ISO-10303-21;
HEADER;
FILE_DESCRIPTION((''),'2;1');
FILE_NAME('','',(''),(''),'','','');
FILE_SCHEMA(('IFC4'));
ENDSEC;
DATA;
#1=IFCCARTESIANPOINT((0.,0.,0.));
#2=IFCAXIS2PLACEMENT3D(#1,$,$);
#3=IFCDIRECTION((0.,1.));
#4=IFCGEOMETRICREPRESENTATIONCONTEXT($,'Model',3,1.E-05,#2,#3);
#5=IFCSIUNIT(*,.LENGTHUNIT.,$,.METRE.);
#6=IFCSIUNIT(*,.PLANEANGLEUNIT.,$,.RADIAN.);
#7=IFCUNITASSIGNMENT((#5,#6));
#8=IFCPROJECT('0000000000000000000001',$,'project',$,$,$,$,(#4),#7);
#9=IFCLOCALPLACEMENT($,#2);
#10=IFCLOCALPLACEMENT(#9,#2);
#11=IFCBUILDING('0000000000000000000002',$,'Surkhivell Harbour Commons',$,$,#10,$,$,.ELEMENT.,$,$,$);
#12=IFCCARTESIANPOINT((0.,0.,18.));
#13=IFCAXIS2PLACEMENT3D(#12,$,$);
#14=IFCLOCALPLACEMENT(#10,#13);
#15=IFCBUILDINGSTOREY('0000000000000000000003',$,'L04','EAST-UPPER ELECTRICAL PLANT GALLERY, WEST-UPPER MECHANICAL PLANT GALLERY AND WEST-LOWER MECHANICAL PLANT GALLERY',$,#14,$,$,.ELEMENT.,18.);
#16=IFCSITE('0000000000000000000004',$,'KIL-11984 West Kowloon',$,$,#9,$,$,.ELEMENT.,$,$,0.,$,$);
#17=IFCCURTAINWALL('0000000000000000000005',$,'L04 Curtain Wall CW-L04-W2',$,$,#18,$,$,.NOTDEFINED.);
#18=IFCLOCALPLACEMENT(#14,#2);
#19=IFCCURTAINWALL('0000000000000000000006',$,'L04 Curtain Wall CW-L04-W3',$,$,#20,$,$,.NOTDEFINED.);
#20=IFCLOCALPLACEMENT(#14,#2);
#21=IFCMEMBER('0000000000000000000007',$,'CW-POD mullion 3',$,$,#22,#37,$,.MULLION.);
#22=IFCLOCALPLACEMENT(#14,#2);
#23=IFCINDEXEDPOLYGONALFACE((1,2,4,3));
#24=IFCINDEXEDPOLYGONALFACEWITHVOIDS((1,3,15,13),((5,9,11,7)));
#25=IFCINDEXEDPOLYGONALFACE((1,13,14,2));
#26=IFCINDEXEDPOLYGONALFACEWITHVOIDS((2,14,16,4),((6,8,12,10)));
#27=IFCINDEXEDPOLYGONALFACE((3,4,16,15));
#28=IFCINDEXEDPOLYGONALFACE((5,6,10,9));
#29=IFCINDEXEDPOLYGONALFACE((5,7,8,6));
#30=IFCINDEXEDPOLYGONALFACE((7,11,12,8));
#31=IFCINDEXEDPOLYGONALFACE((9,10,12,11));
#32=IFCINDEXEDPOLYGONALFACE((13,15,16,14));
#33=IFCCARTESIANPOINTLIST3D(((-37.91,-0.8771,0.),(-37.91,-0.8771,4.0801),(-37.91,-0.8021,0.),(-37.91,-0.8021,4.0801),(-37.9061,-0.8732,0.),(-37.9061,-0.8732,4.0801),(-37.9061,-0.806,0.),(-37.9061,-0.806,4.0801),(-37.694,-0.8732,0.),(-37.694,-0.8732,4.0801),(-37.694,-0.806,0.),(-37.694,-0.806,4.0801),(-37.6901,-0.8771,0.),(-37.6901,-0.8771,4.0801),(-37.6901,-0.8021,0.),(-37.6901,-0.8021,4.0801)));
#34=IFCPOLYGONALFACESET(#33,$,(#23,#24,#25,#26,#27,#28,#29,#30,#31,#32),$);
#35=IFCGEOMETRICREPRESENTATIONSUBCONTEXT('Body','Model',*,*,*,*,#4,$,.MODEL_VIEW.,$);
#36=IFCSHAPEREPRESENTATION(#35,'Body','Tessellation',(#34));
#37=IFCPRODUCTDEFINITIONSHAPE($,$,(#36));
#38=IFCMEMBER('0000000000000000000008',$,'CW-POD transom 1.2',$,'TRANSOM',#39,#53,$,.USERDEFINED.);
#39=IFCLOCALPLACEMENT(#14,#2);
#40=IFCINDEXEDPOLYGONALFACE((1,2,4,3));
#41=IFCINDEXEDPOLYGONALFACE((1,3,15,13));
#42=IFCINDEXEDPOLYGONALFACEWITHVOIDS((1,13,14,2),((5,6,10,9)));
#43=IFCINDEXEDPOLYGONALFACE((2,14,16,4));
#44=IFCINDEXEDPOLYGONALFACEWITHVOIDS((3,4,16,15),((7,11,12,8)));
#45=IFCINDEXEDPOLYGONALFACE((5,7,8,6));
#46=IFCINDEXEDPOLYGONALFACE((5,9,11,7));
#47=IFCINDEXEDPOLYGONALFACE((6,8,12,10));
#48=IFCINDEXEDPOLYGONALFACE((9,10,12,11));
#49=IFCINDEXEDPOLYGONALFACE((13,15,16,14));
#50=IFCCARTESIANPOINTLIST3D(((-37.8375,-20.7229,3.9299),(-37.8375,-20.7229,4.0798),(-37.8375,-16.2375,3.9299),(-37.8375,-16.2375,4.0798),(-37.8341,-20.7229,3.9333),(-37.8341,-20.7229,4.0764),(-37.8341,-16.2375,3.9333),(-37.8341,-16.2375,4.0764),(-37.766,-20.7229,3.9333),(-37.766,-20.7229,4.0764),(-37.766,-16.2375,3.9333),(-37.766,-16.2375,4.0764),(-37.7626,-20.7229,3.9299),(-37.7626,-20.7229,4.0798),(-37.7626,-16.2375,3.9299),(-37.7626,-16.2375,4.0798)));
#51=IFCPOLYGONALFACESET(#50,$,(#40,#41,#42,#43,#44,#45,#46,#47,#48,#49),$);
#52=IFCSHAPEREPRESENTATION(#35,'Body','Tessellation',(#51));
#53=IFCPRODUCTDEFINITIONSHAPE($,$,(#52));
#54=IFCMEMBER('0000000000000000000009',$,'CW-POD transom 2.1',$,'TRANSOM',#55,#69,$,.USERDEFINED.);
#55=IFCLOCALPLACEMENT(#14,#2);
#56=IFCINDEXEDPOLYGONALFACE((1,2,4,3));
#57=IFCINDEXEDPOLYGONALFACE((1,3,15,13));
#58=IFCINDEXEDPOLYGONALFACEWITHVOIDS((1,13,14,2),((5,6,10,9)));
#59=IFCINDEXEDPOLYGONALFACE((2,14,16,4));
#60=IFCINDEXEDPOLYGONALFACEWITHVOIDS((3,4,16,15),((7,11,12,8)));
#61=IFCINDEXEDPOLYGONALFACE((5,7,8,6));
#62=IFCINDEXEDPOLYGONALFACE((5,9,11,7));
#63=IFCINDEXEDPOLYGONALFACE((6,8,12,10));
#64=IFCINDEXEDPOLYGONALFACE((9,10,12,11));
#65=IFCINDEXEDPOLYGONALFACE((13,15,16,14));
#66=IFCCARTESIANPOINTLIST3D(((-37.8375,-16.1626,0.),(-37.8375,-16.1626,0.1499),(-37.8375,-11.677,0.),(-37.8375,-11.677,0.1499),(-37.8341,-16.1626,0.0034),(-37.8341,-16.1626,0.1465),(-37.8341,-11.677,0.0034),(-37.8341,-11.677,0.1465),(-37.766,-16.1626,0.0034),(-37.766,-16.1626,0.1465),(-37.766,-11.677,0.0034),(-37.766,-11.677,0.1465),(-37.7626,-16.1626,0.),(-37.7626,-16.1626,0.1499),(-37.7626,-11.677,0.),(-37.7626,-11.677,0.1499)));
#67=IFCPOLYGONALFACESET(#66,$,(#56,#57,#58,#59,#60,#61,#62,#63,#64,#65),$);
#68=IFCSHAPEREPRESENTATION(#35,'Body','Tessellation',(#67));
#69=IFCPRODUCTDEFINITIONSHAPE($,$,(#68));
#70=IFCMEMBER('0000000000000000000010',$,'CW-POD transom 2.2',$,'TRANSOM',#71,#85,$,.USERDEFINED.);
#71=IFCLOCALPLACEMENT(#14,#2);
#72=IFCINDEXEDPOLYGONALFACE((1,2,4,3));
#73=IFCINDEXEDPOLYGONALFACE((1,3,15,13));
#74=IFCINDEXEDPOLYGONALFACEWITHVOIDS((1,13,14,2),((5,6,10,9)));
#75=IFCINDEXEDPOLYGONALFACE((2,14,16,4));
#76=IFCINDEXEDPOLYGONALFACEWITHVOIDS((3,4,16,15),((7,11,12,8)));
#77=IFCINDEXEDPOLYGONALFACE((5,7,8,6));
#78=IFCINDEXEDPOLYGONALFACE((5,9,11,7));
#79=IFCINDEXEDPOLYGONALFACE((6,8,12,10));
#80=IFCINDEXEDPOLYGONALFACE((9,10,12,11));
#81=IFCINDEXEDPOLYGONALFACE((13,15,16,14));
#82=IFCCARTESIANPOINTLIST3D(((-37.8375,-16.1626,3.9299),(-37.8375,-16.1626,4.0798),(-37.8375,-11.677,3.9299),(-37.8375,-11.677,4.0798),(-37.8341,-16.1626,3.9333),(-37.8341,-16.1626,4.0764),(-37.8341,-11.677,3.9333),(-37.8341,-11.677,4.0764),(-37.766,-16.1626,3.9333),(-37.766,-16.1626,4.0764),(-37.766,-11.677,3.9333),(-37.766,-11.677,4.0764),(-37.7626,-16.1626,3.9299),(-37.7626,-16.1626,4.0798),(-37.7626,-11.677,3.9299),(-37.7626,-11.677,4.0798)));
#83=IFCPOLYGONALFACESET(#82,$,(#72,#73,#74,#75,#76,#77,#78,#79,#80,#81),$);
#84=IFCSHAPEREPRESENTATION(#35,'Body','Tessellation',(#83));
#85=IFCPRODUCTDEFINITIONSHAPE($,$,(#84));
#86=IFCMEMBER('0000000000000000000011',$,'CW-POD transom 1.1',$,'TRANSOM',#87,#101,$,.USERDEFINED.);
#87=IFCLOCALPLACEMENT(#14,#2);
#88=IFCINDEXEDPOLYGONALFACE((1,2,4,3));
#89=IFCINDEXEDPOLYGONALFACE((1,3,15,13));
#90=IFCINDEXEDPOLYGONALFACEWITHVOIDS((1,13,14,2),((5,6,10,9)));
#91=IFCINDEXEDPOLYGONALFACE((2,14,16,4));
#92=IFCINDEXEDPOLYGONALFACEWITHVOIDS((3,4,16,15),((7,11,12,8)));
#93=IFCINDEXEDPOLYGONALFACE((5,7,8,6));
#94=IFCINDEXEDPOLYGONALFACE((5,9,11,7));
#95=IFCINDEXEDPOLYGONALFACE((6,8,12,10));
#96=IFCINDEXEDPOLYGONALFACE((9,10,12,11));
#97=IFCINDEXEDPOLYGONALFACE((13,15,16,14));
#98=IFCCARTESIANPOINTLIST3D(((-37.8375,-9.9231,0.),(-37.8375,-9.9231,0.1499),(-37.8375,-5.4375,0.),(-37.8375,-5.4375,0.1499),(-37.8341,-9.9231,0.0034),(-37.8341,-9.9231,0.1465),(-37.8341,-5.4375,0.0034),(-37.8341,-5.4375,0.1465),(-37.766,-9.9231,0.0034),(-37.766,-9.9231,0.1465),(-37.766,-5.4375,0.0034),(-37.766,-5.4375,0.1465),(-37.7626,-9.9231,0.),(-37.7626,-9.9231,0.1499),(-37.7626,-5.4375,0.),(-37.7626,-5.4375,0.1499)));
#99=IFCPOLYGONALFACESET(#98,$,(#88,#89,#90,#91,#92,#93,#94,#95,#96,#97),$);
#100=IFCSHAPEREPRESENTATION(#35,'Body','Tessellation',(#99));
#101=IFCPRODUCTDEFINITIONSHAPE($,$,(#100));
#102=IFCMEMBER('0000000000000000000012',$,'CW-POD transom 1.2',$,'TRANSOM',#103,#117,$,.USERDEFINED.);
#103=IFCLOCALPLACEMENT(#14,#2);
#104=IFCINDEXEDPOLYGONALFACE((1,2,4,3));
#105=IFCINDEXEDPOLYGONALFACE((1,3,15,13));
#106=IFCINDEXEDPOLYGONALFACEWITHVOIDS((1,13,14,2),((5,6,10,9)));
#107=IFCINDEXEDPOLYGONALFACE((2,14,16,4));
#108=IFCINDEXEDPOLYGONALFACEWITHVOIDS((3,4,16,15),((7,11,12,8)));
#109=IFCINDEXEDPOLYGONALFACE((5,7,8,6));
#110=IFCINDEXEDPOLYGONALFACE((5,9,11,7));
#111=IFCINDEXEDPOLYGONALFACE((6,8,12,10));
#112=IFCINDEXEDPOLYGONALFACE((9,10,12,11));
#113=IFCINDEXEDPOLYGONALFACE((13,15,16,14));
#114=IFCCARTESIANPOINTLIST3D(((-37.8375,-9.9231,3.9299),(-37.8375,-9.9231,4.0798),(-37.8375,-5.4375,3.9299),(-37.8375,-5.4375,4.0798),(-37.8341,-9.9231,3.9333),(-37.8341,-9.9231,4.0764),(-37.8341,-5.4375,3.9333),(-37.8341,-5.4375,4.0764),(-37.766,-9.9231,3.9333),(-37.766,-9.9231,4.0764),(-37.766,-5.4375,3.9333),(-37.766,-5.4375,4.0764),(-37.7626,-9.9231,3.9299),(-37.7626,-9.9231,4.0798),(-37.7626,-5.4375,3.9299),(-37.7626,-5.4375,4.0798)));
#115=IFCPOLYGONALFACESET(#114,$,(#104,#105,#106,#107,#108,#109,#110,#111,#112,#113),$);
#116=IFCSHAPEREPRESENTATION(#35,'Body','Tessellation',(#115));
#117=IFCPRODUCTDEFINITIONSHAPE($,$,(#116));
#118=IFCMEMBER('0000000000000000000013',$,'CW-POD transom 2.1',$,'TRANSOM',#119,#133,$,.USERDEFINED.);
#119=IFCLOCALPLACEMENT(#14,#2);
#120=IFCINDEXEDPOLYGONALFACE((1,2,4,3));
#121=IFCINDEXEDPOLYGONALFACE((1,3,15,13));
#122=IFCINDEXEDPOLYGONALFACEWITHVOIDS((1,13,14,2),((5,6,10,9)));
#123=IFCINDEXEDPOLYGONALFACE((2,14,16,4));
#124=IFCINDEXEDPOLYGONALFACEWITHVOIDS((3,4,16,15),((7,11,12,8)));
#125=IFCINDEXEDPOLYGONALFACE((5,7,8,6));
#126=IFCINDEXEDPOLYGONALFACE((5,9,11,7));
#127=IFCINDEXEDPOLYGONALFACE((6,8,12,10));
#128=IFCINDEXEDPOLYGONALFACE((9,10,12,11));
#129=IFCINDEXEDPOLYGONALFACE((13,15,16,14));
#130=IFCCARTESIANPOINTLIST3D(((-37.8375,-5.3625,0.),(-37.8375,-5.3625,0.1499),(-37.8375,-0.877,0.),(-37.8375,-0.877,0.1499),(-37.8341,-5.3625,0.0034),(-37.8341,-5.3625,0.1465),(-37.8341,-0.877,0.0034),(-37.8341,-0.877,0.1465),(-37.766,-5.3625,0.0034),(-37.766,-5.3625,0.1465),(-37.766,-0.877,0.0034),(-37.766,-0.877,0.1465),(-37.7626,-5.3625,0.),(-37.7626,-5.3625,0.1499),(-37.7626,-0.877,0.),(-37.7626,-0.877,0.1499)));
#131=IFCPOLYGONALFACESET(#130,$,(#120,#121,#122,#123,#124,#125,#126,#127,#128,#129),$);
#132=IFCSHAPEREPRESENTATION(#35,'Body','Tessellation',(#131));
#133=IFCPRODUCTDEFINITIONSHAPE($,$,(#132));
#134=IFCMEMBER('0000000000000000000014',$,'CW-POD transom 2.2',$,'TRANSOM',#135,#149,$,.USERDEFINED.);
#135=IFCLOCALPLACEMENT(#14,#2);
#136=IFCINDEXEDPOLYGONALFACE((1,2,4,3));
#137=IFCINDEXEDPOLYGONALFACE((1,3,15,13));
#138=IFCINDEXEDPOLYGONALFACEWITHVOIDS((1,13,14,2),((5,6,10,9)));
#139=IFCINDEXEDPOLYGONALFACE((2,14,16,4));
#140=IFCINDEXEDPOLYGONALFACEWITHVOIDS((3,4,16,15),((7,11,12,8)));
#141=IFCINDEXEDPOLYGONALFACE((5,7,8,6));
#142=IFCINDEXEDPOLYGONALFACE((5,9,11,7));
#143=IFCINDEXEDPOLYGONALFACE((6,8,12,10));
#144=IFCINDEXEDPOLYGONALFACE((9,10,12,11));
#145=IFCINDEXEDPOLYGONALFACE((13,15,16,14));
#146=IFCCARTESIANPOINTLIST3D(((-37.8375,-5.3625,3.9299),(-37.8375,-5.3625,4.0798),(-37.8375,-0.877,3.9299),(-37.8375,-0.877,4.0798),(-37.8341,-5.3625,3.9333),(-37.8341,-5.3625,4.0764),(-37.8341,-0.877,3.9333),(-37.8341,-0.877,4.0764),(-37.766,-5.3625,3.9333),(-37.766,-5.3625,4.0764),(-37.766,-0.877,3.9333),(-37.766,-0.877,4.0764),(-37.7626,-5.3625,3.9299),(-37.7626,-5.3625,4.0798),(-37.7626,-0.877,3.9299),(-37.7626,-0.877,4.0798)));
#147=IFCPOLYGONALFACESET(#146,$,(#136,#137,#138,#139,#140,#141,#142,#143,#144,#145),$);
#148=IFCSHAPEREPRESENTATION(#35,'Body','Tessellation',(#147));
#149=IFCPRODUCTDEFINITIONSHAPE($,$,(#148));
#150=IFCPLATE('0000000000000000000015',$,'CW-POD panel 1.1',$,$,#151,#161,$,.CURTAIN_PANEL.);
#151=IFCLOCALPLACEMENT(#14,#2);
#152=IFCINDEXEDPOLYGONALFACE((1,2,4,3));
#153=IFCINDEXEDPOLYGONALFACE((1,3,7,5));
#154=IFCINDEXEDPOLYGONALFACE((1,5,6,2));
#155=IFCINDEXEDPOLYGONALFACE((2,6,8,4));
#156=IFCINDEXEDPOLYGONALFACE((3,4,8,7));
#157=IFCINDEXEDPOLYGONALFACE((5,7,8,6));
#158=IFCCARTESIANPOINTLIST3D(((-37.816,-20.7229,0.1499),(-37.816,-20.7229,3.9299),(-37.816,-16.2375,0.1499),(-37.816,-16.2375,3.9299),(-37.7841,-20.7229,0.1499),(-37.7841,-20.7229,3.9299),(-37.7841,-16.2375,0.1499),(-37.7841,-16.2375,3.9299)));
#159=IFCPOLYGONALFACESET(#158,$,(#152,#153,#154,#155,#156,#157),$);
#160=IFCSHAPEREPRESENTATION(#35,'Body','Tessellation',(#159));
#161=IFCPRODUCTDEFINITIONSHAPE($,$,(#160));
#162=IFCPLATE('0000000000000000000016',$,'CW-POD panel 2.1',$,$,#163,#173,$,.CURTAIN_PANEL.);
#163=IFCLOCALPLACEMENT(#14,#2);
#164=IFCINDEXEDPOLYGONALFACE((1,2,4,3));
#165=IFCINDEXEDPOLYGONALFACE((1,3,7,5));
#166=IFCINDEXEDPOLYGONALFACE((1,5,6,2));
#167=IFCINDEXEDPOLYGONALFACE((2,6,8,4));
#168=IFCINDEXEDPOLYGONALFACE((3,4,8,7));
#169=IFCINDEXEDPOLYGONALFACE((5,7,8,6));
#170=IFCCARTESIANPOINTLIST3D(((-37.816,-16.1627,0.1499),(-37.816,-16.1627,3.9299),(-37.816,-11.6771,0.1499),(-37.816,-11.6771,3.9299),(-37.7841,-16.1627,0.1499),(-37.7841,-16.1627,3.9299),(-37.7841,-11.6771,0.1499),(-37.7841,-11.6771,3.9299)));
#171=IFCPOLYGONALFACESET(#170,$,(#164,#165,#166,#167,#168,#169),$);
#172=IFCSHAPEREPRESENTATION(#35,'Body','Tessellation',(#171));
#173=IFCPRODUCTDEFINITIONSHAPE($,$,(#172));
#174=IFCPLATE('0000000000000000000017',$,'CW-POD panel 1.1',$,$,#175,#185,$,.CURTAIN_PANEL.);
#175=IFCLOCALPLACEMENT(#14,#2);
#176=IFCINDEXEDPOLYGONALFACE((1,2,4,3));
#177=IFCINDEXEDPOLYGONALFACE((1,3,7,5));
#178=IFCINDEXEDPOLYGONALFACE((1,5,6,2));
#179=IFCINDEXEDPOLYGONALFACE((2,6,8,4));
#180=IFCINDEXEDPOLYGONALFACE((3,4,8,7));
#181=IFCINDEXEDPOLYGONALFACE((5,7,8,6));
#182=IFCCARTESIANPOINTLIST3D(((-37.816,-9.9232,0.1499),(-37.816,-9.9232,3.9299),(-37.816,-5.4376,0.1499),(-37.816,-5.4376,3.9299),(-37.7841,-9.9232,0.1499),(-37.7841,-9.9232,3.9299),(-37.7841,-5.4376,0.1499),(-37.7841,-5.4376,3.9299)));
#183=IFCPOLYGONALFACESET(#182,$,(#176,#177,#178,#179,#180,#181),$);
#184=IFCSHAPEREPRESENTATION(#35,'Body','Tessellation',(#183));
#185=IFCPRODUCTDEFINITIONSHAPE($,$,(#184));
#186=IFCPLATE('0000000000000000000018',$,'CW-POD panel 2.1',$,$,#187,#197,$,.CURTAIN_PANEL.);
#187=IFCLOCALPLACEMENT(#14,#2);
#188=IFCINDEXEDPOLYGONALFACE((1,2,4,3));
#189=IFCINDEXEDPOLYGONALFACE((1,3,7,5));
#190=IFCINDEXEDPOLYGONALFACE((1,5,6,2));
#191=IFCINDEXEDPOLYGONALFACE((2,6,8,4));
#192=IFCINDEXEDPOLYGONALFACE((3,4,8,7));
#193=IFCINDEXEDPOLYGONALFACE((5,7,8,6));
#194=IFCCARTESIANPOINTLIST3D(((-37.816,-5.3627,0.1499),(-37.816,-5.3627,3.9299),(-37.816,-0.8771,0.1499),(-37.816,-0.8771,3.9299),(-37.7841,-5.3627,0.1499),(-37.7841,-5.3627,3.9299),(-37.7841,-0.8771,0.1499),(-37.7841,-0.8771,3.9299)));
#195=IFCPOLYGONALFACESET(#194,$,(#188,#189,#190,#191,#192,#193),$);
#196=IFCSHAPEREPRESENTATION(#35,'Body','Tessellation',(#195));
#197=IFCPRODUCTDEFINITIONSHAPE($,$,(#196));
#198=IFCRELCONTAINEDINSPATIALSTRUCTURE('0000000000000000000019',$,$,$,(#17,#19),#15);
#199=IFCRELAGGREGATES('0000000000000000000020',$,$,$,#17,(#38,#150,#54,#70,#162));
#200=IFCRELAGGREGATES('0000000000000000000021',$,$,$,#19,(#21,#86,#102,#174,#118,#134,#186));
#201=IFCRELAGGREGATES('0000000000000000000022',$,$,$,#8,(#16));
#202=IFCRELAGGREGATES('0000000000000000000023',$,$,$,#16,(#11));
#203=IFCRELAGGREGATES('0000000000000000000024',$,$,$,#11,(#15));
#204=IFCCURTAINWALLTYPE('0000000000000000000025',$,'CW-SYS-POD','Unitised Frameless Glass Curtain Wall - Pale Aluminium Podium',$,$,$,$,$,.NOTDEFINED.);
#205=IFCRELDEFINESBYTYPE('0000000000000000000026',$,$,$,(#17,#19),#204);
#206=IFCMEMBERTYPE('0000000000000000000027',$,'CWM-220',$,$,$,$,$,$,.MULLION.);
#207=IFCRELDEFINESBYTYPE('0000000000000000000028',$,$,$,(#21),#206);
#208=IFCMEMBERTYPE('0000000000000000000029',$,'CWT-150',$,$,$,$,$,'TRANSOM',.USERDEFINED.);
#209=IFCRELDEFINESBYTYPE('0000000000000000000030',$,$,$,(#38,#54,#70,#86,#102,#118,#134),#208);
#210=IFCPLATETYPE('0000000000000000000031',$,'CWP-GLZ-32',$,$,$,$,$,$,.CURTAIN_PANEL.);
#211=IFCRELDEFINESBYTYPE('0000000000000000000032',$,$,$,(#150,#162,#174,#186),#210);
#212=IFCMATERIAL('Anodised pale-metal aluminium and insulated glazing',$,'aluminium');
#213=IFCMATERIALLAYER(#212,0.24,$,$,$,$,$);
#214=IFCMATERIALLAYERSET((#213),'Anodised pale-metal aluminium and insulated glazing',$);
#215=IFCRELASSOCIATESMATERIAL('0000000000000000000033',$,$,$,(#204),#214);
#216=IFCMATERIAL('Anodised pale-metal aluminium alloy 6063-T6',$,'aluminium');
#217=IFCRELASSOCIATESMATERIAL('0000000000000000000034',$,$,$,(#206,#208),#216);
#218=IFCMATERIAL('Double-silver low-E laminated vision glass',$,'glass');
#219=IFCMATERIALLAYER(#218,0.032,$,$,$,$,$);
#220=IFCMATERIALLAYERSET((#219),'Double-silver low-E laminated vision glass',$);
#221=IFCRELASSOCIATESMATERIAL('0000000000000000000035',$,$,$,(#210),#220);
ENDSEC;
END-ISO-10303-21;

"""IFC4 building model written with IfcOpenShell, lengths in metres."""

from ifc_helpers import new_model, si_unit, direction, frame, frame_2d, origin, origin_2d, place, context, subcontext, project, spatial, rectangle, hollow_rectangle, extrude, material, layer, layer_set, material_profile, profile_set, type_object, element, aggregate, save


model = new_model("IFC4")

# Units and contexts
model_context = context("Model", 3, precision=1e-05, world=origin(), true_north=direction((0.0, 1.0)))
body_context = subcontext(model_context, "Body", "Model", "MODEL_VIEW")
ifc_project = project(units=[si_unit("LENGTHUNIT", "METRE"), si_unit("PLANEANGLEUNIT", "RADIAN")], contexts=[model_context])

# Site, building, storey
site_placement = place(None, origin())
site = spatial("IfcSite", under=ifc_project, at=site_placement, Name="KIL-11984 West Kowloon", CompositionType="ELEMENT", RefElevation=0.0)
building_placement = place(site_placement, origin())
building = spatial("IfcBuilding", under=site, at=building_placement, Name="Surkhivell Harbour Commons", CompositionType="ELEMENT")
storey_placement = place(building_placement, frame((0.0, 0.0, 18.0)))
storey = spatial("IfcBuildingStorey", under=building, at=storey_placement, Name="L04", Description="EAST-UPPER ELECTRICAL PLANT GALLERY, WEST-UPPER MECHANICAL PLANT GALLERY AND WEST-LOWER MECHANICAL PLANT GALLERY", CompositionType="ELEMENT", Elevation=18.0)

# Curtain walls, member
ifc_material_1 = material(Name="Anodised pale-metal aluminium and insulated glazing", Category="aluminium")
ifc_layer_1 = layer(ifc_material_1, 0.24)
ifc_layer_set_1 = layer_set([ifc_layer_1], Name="Anodised pale-metal aluminium and insulated glazing")
curtain_wall_type = type_object("IfcCurtainWallType", Name="CW-SYS-POD", Description="Unitised Frameless Glass Curtain Wall - Pale Aluminium Podium", PredefinedType="NOTDEFINED", material=ifc_layer_set_1)
curtain_wall_1_placement = place(storey_placement, origin())
curtain_wall_1 = element("IfcCurtainWall", 1, at=curtain_wall_1_placement, inside=storey, type_object=curtain_wall_type, Name="L04 Curtain Wall CW-L04-W2", PredefinedType="NOTDEFINED")
ifc_material_2 = material(Name="Anodised pale-metal aluminium alloy 6063-T6", Category="aluminium")
ifc_material_profile_1 = material_profile(ifc_material_2, hollow_rectangle(XDim=0.075, YDim=0.22, WallThickness=0.0039, at=origin_2d()), Name="ALU-MULL-75x220")
ifc_profile_set_1 = profile_set([ifc_material_profile_1], Name="Anodised pale-metal aluminium alloy 6063-T6")
member_type_1 = type_object("IfcMemberType", Name="CWM-220", PredefinedType="MULLION", material=ifc_profile_set_1)
curtain_wall_2_placement = place(storey_placement, origin())
curtain_wall_2 = element("IfcCurtainWall", 2, at=curtain_wall_2_placement, inside=storey, type_object=curtain_wall_type, Name="L04 Curtain Wall CW-L04-W3", PredefinedType="NOTDEFINED")
member_1_placement = place(storey_placement, frame((-37.8, -0.8396, 0.0), z_axis=(0.0, 0.0, 1.0), x_axis=(0.0, 1.0, 0.0)))
member_1 = element("IfcMember", 3, at=member_1_placement, type_object=member_type_1, Name="CW-POD mullion 3", PredefinedType="MULLION", context=body_context, shape_type="SweptSolid", body=[
    extrude(hollow_rectangle(XDim=0.075, YDim=0.22, WallThickness=0.0039, at=origin_2d()), origin(), (0.0, 0.0, 1.0), 4.0801),
])

# Members
ifc_material_profile_2 = material_profile(ifc_material_2, hollow_rectangle(XDim=0.075, YDim=0.1499, WallThickness=0.0034, at=origin_2d()), Name="ALU-TRAN-75x150")
ifc_profile_set_2 = profile_set([ifc_material_profile_2], Name="Anodised pale-metal aluminium alloy 6063-T6")
member_type_2 = type_object("IfcMemberType", Name="CWT-150", ElementType="TRANSOM", PredefinedType="USERDEFINED", material=ifc_profile_set_2)
member_2_placement = place(storey_placement, frame((-37.8, -20.7229, 4.0049), z_axis=(0.0, 1.0, 0.0), x_axis=(-1.0, 0.0, 0.0)))
member_2 = element("IfcMember", 4, at=member_2_placement, type_object=member_type_2, Name="CW-POD transom 1.2", ObjectType="TRANSOM", PredefinedType="USERDEFINED", context=body_context, shape_type="SweptSolid", body=[
    extrude(hollow_rectangle(XDim=0.075, YDim=0.1499, WallThickness=0.0034, at=origin_2d()), origin(), (0.0, 0.0, 1.0), 4.4854),
])
member_3_placement = place(storey_placement, frame((-37.8, -16.1626, 0.075), z_axis=(0.0, 1.0, 0.0), x_axis=(-1.0, 0.0, 0.0)))
member_3 = element("IfcMember", 5, at=member_3_placement, type_object=member_type_2, Name="CW-POD transom 2.1", ObjectType="TRANSOM", PredefinedType="USERDEFINED", context=body_context, shape_type="SweptSolid", body=[
    extrude(hollow_rectangle(XDim=0.075, YDim=0.1499, WallThickness=0.0034, at=origin_2d()), origin(), (0.0, 0.0, 1.0), 4.4856),
])
member_4_placement = place(storey_placement, frame((-37.8, -16.1626, 4.0049), z_axis=(0.0, 1.0, 0.0), x_axis=(-1.0, 0.0, 0.0)))
member_4 = element("IfcMember", 6, at=member_4_placement, type_object=member_type_2, Name="CW-POD transom 2.2", ObjectType="TRANSOM", PredefinedType="USERDEFINED", context=body_context, shape_type="SweptSolid", body=[
    extrude(hollow_rectangle(XDim=0.075, YDim=0.1499, WallThickness=0.0034, at=origin_2d()), origin(), (0.0, 0.0, 1.0), 4.4856),
])
member_5_placement = place(storey_placement, frame((-37.8, -9.9231, 0.075), z_axis=(0.0, 1.0, 0.0), x_axis=(-1.0, 0.0, 0.0)))
member_5 = element("IfcMember", 7, at=member_5_placement, type_object=member_type_2, Name="CW-POD transom 1.1", ObjectType="TRANSOM", PredefinedType="USERDEFINED", context=body_context, shape_type="SweptSolid", body=[
    extrude(hollow_rectangle(XDim=0.075, YDim=0.1499, WallThickness=0.0034, at=origin_2d()), origin(), (0.0, 0.0, 1.0), 4.4856),
])
member_6_placement = place(storey_placement, frame((-37.8, -9.9231, 4.0049), z_axis=(0.0, 1.0, 0.0), x_axis=(-1.0, 0.0, 0.0)))
member_6 = element("IfcMember", 8, at=member_6_placement, type_object=member_type_2, Name="CW-POD transom 1.2", ObjectType="TRANSOM", PredefinedType="USERDEFINED", context=body_context, shape_type="SweptSolid", body=[
    extrude(hollow_rectangle(XDim=0.075, YDim=0.1499, WallThickness=0.0034, at=origin_2d()), origin(), (0.0, 0.0, 1.0), 4.4856),
])
member_7_placement = place(storey_placement, frame((-37.8, -5.3625, 0.075), z_axis=(0.0, 1.0, 0.0), x_axis=(-1.0, 0.0, 0.0)))
member_7 = element("IfcMember", 9, at=member_7_placement, type_object=member_type_2, Name="CW-POD transom 2.1", ObjectType="TRANSOM", PredefinedType="USERDEFINED", context=body_context, shape_type="SweptSolid", body=[
    extrude(hollow_rectangle(XDim=0.075, YDim=0.1499, WallThickness=0.0034, at=origin_2d()), origin(), (0.0, 0.0, 1.0), 4.4856),
])
member_8_placement = place(storey_placement, frame((-37.8, -5.3625, 4.0049), z_axis=(0.0, 1.0, 0.0), x_axis=(-1.0, 0.0, 0.0)))
member_8 = element("IfcMember", 10, at=member_8_placement, type_object=member_type_2, Name="CW-POD transom 2.2", ObjectType="TRANSOM", PredefinedType="USERDEFINED", context=body_context, shape_type="SweptSolid", body=[
    extrude(hollow_rectangle(XDim=0.075, YDim=0.1499, WallThickness=0.0034, at=origin_2d()), origin(), (0.0, 0.0, 1.0), 4.4856),
])

# Plates
ifc_material_3 = material(Name="Double-silver low-E laminated vision glass", Category="glass")
ifc_layer_2 = layer(ifc_material_3, 0.032)
ifc_layer_set_2 = layer_set([ifc_layer_2], Name="Double-silver low-E laminated vision glass")
plate_type = type_object("IfcPlateType", Name="CWP-GLZ-32", PredefinedType="CURTAIN_PANEL", material=ifc_layer_set_2)
plate_1_placement = place(storey_placement, frame((-37.8, -20.7229, 0.1499), z_axis=(0.0, 0.0, 1.0), x_axis=(0.0, 1.0, 0.0)))
plate_1 = element("IfcPlate", 11, at=plate_1_placement, type_object=plate_type, Name="CW-POD panel 1.1", PredefinedType="CURTAIN_PANEL", context=body_context, shape_type="SweptSolid", body=[
    extrude(rectangle(XDim=4.4854, YDim=0.032, at=frame_2d((2.2427, 0.0))), origin(), (0.0, 0.0, 1.0), 3.78),
])
plate_2_placement = place(storey_placement, frame((-37.8, -16.1626, 0.1499), z_axis=(0.0, 0.0, 1.0), x_axis=(0.0, 1.0, 0.0)))
plate_2 = element("IfcPlate", 12, at=plate_2_placement, type_object=plate_type, Name="CW-POD panel 2.1", PredefinedType="CURTAIN_PANEL", context=body_context, shape_type="SweptSolid", body=[
    extrude(rectangle(XDim=4.4856, YDim=0.032, at=frame_2d((2.2427, 0.0))), origin(), (0.0, 0.0, 1.0), 3.78),
])
aggregate(curtain_wall_1, [member_2, plate_1, member_3, member_4, plate_2])
plate_3_placement = place(storey_placement, frame((-37.8, -9.9231, 0.1499), z_axis=(0.0, 0.0, 1.0), x_axis=(0.0, 1.0, 0.0)))
plate_3 = element("IfcPlate", 13, at=plate_3_placement, type_object=plate_type, Name="CW-POD panel 1.1", PredefinedType="CURTAIN_PANEL", context=body_context, shape_type="SweptSolid", body=[
    extrude(rectangle(XDim=4.4856, YDim=0.032, at=frame_2d((2.2427, 0.0))), origin(), (0.0, 0.0, 1.0), 3.78),
])
plate_4_placement = place(storey_placement, frame((-37.8, -5.3625, 0.1499), z_axis=(0.0, 0.0, 1.0), x_axis=(0.0, 1.0, 0.0)))
plate_4 = element("IfcPlate", 14, at=plate_4_placement, type_object=plate_type, Name="CW-POD panel 2.1", PredefinedType="CURTAIN_PANEL", context=body_context, shape_type="SweptSolid", body=[
    extrude(rectangle(XDim=4.4856, YDim=0.032, at=frame_2d((2.2427, 0.0))), origin(), (0.0, 0.0, 1.0), 3.78),
])
aggregate(curtain_wall_2, [member_1, member_5, member_6, plate_3, member_7, member_8, plate_4])

save(model, "model.ifc")
